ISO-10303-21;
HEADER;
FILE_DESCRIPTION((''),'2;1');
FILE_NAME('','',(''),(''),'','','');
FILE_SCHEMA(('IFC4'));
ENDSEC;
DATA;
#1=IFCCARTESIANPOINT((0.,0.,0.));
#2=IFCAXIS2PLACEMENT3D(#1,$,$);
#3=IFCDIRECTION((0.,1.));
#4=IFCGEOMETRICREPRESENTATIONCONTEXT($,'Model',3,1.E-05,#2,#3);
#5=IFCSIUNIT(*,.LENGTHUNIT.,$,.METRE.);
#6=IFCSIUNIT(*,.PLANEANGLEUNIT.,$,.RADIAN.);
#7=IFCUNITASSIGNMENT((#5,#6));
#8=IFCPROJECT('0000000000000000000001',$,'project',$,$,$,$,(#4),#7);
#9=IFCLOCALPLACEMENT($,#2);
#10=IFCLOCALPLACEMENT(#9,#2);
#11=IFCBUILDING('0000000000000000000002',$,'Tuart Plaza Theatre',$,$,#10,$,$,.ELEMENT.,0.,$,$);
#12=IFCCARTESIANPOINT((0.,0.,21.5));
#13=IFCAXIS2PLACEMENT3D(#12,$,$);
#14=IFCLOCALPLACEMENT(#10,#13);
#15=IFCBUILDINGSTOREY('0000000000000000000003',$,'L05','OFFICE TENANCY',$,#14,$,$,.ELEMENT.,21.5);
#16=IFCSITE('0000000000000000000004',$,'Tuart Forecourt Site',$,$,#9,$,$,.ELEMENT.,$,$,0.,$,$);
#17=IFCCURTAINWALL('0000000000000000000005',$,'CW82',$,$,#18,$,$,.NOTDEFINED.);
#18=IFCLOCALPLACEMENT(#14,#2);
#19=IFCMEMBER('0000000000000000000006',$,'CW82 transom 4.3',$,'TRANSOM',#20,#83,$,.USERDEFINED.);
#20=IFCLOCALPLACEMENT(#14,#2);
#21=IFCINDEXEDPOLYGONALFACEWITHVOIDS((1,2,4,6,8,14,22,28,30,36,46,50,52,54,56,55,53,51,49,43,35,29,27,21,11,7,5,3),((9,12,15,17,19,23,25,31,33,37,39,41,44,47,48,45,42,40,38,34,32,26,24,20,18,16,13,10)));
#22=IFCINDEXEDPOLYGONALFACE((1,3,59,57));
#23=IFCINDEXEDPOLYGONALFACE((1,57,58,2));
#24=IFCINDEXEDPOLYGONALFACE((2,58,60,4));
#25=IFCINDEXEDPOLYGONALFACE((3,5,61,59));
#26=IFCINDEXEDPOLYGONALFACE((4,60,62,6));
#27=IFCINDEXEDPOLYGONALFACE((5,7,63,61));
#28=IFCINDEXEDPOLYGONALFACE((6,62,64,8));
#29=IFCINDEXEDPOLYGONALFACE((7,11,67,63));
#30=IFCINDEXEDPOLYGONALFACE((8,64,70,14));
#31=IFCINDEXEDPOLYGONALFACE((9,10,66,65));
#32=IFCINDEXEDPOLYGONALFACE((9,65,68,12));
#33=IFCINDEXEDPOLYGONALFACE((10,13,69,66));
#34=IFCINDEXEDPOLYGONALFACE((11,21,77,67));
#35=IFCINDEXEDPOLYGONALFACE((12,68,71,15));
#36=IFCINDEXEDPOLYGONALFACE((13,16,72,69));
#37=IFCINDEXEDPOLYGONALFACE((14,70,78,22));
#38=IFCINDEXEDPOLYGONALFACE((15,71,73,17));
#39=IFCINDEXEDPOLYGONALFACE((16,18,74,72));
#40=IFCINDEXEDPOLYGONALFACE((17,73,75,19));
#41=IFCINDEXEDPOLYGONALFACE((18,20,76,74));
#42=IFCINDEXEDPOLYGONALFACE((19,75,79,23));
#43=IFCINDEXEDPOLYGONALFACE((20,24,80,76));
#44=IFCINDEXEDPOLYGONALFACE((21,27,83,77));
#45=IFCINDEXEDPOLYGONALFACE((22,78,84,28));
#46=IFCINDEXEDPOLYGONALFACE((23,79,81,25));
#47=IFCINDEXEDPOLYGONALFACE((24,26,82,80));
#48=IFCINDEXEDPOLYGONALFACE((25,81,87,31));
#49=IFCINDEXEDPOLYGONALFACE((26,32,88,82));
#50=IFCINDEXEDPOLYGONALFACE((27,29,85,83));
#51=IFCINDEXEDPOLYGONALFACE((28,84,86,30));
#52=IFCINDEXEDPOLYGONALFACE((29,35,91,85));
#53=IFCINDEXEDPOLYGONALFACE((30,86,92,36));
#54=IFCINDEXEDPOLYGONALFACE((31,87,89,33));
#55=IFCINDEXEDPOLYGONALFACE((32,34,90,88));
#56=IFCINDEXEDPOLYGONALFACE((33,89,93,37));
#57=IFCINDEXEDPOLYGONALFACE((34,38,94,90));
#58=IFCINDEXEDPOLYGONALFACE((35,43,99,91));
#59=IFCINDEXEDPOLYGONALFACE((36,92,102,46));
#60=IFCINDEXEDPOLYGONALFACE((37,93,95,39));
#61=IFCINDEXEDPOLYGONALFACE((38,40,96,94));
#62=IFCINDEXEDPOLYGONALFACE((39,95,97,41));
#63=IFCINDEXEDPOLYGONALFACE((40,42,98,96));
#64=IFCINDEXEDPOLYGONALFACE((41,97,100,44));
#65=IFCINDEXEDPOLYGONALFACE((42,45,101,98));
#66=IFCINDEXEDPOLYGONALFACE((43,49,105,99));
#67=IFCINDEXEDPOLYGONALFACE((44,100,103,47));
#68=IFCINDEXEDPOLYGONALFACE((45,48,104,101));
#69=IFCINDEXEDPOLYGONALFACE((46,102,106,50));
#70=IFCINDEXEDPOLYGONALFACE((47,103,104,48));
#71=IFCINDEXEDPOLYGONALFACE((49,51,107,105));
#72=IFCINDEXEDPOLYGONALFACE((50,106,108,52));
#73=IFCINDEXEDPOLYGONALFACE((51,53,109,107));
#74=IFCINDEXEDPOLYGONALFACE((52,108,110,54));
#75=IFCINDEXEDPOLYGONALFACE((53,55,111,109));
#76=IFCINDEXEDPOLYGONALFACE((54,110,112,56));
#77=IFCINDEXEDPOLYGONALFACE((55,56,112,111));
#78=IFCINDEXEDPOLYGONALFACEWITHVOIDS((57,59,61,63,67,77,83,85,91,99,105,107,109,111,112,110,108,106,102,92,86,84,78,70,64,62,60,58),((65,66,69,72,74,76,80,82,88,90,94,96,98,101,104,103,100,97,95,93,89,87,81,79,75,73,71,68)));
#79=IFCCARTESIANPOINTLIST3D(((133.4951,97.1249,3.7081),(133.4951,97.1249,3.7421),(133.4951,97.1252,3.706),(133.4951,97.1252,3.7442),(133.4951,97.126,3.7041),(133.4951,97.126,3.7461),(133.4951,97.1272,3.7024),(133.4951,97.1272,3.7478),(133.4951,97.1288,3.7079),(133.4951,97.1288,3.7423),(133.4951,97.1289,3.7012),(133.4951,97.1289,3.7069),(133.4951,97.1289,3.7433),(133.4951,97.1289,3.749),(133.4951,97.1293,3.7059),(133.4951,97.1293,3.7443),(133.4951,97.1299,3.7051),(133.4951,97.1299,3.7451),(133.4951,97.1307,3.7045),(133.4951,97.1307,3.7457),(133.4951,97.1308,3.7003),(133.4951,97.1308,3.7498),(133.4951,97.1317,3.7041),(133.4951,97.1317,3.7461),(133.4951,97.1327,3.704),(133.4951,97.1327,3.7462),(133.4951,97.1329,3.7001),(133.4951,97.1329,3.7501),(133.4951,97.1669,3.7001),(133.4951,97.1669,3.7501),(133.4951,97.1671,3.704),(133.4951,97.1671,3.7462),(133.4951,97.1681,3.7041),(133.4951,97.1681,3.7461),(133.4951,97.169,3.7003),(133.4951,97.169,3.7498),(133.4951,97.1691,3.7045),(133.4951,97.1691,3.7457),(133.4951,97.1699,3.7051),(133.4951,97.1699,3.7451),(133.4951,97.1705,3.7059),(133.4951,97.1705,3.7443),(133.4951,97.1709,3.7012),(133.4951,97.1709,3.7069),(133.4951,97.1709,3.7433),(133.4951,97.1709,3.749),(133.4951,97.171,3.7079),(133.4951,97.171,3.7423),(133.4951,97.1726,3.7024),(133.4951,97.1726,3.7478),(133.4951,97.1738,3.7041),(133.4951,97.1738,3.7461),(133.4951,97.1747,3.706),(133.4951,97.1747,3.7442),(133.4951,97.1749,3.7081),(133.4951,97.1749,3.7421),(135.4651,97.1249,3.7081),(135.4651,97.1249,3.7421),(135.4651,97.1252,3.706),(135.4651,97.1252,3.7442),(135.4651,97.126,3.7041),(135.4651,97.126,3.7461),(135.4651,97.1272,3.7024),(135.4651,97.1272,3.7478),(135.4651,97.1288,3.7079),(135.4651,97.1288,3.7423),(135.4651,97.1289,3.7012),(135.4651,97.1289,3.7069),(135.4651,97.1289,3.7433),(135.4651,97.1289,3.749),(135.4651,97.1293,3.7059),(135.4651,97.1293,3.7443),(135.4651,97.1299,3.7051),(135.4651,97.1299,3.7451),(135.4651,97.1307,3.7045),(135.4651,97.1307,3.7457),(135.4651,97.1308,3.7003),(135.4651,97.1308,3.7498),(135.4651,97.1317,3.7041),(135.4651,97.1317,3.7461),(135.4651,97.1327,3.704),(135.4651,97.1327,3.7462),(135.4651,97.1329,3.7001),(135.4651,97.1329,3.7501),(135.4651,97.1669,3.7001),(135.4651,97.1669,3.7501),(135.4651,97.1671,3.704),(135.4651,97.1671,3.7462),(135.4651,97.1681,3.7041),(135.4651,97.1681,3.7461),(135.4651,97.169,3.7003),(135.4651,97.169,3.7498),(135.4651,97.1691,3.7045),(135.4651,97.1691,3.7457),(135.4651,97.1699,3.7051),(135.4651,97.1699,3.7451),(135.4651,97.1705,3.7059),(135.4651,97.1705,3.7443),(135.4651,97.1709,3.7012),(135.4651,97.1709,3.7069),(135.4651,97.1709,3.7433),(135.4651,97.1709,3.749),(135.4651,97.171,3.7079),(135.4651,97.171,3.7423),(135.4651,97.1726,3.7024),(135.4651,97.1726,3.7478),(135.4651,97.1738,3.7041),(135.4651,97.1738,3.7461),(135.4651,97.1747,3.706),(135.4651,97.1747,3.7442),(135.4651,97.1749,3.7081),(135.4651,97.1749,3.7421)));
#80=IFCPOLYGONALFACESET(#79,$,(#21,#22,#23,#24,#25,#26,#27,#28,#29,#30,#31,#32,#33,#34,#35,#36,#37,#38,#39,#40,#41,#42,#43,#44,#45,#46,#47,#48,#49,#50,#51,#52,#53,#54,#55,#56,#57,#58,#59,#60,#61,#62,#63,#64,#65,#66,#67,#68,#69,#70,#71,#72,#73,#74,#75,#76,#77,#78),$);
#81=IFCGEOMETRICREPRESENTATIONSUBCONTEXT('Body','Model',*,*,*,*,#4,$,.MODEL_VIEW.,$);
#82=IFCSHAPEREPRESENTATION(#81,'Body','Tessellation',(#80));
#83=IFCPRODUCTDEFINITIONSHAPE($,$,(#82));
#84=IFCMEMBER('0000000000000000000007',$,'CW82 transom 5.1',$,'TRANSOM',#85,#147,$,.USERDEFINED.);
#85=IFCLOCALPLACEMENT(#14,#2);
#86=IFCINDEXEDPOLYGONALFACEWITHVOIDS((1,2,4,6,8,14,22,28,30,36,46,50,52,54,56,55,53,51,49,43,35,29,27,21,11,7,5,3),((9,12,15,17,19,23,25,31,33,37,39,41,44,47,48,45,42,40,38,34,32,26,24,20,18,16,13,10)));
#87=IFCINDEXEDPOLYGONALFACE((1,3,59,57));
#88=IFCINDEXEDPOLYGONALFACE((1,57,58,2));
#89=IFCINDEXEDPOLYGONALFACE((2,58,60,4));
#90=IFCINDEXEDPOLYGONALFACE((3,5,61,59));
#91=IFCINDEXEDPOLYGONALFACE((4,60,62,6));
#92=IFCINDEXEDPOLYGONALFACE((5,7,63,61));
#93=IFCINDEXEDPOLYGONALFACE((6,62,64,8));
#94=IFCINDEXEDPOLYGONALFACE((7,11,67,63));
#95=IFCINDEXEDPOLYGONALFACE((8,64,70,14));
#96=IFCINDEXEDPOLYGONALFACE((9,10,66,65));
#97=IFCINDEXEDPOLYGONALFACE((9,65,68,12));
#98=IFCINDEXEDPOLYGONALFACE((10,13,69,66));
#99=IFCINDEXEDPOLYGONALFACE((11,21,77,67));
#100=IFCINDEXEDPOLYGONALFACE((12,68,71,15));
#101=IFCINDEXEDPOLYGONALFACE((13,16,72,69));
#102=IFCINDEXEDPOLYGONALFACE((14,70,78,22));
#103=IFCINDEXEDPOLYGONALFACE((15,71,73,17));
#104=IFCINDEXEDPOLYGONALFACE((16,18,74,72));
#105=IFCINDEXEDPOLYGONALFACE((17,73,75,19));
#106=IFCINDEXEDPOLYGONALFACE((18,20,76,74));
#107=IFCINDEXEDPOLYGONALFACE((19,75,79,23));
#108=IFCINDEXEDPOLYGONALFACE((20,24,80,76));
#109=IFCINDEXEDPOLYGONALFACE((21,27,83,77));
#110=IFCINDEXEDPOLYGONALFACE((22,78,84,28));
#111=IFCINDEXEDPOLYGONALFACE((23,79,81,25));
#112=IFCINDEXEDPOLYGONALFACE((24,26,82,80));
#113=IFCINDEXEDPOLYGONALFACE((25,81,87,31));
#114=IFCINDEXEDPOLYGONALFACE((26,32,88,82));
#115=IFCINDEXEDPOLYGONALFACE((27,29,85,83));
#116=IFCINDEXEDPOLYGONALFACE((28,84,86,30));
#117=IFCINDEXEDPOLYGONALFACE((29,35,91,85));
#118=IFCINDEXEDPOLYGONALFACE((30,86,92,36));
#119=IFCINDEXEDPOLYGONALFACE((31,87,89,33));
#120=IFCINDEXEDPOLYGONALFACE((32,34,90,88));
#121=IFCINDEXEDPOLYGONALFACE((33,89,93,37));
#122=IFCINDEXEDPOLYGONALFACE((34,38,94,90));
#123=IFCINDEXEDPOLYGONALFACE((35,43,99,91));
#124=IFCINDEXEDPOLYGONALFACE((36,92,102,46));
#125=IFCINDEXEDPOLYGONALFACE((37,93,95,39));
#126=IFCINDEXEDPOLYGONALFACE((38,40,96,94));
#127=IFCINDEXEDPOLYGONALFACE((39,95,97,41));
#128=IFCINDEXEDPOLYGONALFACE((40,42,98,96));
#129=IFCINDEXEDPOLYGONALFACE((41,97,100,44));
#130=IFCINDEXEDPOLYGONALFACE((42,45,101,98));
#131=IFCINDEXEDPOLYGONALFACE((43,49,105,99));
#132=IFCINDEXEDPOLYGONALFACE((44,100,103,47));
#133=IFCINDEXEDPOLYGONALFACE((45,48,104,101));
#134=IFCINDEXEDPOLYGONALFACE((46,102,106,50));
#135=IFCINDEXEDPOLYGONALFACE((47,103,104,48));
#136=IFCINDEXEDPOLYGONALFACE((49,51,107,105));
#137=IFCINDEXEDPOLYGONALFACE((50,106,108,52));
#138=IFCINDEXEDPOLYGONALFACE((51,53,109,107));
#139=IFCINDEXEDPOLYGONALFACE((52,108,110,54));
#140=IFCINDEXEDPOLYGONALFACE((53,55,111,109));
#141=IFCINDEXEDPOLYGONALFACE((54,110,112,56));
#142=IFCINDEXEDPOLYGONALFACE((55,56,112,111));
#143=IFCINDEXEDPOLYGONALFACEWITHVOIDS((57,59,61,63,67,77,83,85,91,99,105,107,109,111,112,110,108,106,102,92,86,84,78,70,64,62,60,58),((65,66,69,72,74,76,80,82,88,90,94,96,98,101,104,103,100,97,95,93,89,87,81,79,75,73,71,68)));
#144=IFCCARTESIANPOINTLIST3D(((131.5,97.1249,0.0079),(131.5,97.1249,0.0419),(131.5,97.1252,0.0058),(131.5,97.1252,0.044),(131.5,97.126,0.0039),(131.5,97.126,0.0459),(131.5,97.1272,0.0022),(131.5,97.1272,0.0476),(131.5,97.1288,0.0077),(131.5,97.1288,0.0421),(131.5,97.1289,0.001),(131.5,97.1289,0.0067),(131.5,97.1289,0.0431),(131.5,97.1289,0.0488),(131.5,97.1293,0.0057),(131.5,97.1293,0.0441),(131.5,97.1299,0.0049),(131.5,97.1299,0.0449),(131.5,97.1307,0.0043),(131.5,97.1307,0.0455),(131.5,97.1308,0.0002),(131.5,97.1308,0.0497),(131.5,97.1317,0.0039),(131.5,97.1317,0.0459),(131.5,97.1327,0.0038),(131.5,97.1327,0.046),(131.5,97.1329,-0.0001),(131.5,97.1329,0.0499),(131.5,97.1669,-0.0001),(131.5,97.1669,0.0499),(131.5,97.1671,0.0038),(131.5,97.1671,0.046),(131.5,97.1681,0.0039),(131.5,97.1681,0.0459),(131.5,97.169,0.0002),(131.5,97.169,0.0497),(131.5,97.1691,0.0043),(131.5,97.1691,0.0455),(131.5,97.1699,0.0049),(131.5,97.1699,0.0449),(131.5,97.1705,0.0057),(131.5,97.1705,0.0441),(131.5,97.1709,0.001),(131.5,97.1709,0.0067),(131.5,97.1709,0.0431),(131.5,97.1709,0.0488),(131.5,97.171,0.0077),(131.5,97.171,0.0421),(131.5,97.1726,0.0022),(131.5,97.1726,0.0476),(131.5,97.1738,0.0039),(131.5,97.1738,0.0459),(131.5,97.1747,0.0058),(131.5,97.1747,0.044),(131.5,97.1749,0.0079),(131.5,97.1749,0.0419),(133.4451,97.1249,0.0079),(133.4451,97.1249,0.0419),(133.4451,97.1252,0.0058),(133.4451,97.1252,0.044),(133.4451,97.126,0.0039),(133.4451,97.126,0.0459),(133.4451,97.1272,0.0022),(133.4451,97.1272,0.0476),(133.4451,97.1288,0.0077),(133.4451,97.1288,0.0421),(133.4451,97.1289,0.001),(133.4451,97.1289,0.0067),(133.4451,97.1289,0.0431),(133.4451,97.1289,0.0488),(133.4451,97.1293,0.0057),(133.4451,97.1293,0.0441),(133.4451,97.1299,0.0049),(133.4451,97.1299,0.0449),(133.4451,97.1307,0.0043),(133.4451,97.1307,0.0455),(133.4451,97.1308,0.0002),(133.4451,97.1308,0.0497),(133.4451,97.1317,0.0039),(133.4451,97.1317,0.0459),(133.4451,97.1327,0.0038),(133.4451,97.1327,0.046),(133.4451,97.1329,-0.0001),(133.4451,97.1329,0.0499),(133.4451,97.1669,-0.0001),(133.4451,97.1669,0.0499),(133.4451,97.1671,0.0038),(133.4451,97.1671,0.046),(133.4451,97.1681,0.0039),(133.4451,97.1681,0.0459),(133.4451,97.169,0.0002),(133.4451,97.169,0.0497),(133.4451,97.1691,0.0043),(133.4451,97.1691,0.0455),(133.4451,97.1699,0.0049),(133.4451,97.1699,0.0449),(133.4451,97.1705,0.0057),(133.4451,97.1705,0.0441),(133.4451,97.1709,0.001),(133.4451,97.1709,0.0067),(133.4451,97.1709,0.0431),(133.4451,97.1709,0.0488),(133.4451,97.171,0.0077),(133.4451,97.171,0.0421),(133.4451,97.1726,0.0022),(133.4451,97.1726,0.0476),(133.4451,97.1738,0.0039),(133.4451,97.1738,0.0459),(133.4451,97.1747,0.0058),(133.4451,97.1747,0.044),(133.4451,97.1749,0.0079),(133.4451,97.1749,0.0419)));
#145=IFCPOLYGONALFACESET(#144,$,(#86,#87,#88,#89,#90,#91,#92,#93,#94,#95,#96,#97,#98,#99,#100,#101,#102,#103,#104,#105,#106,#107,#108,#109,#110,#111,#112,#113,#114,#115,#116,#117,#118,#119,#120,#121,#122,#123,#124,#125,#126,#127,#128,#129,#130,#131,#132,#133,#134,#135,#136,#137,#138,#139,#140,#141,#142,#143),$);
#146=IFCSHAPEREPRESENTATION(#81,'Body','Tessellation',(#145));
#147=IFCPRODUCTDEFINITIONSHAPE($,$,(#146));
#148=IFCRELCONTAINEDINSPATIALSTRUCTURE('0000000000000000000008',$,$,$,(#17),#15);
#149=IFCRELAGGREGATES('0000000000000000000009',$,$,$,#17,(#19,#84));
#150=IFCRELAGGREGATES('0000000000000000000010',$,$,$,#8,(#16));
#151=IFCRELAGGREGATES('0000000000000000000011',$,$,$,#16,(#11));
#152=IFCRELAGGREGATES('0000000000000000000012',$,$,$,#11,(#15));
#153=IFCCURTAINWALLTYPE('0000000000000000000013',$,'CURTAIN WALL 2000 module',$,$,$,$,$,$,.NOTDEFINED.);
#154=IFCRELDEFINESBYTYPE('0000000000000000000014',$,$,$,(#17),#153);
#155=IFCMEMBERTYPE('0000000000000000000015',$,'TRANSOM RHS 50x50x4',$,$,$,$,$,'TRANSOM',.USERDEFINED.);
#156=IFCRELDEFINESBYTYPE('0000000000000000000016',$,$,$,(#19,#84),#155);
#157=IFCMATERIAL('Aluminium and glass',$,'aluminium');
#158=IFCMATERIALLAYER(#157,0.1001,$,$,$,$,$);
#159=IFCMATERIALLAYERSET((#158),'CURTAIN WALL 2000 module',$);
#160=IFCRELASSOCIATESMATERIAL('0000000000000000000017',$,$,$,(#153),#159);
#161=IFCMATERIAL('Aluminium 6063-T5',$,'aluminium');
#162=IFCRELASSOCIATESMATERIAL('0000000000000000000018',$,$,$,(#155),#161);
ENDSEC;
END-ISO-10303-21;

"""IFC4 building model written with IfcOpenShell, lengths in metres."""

from ifc_helpers import new_model, si_unit, direction, frame, origin, origin_2d, place, context, subcontext, project, spatial, hollow_rectangle, extrude, material, layer, layer_set, material_profile, profile_set, type_object, element, aggregate, save


model = new_model("IFC4")

# Units and contexts
model_context = context("Model", 3, precision=1e-05, world=origin(), true_north=direction((0.0, 1.0)))
body_context = subcontext(model_context, "Body", "Model", "MODEL_VIEW")
ifc_project = project(units=[si_unit("LENGTHUNIT", "METRE"), si_unit("PLANEANGLEUNIT", "RADIAN")], contexts=[model_context])

# Site, building, storey
site_placement = place(None, origin())
site = spatial("IfcSite", under=ifc_project, at=site_placement, Name="Tuart Forecourt Site", CompositionType="ELEMENT", RefElevation=0.0)
building_placement = place(site_placement, origin())
building = spatial("IfcBuilding", under=site, at=building_placement, Name="Tuart Plaza Theatre", CompositionType="ELEMENT", ElevationOfRefHeight=0.0)
storey_placement = place(building_placement, frame((0.0, 0.0, 21.5)))
storey = spatial("IfcBuildingStorey", under=building, at=storey_placement, Name="L05", Description="OFFICE TENANCY", CompositionType="ELEMENT", Elevation=21.5)

# Curtain wall
ifc_material_1 = material(Name="Aluminium and glass", Category="aluminium")
ifc_layer_1 = layer(ifc_material_1, 0.1001)
ifc_layer_set_1 = layer_set([ifc_layer_1], Name="CURTAIN WALL 2000 module")
curtain_wall_type = type_object("IfcCurtainWallType", Name="CURTAIN WALL 2000 module", PredefinedType="NOTDEFINED", material=ifc_layer_set_1)
curtain_wall_1_placement = place(storey_placement, origin())
curtain_wall_1 = element("IfcCurtainWall", 1, at=curtain_wall_1_placement, inside=storey, type_object=curtain_wall_type, Name="CW82", PredefinedType="NOTDEFINED")

# Members
ifc_material_2 = material(Name="Aluminium 6063-T5", Category="aluminium")
ifc_material_profile_1 = material_profile(ifc_material_2, hollow_rectangle(XDim=0.05, YDim=0.05, WallThickness=0.0039, InnerFilletRadius=0.0039, OuterFilletRadius=0.0081, at=origin_2d()), Name="RHS 50x50x4")
ifc_profile_set_1 = profile_set([ifc_material_profile_1], Name="Aluminium 6063-T5")
member_type_1 = type_object("IfcMemberType", Name="TRANSOM RHS 50x50x4", ElementType="TRANSOM", PredefinedType="USERDEFINED", material=ifc_profile_set_1)
member_1_placement = place(storey_placement, frame((135.4651, 97.1499, 3.7251), z_axis=(-1.0, 0.0, 0.0), x_axis=(0.0, -1.0, 0.0)))
member_1 = element("IfcMember", 2, at=member_1_placement, type_object=member_type_1, Name="CW82 transom 4.3", ObjectType="TRANSOM", PredefinedType="USERDEFINED", context=body_context, shape_type="SweptSolid", body=[
    extrude(hollow_rectangle(XDim=0.05, YDim=0.05, WallThickness=0.0039, InnerFilletRadius=0.0039, OuterFilletRadius=0.0081, at=origin_2d()), origin(), (0.0, 0.0, 1.0), 1.97),
])
member_2_placement = place(storey_placement, frame((133.4451, 97.1499, 0.0249), z_axis=(-1.0, 0.0, 0.0), x_axis=(0.0, -1.0, 0.0)))
member_2 = element("IfcMember", 3, at=member_2_placement, type_object=member_type_1, Name="CW82 transom 5.1", ObjectType="TRANSOM", PredefinedType="USERDEFINED", context=body_context, shape_type="SweptSolid", body=[
    extrude(hollow_rectangle(XDim=0.05, YDim=0.05, WallThickness=0.0039, InnerFilletRadius=0.0039, OuterFilletRadius=0.0081, at=origin_2d()), origin(), (0.0, 0.0, 1.0), 1.9451),
])

aggregate(curtain_wall_1, [member_1, member_2])

save(model, "model.ifc")
